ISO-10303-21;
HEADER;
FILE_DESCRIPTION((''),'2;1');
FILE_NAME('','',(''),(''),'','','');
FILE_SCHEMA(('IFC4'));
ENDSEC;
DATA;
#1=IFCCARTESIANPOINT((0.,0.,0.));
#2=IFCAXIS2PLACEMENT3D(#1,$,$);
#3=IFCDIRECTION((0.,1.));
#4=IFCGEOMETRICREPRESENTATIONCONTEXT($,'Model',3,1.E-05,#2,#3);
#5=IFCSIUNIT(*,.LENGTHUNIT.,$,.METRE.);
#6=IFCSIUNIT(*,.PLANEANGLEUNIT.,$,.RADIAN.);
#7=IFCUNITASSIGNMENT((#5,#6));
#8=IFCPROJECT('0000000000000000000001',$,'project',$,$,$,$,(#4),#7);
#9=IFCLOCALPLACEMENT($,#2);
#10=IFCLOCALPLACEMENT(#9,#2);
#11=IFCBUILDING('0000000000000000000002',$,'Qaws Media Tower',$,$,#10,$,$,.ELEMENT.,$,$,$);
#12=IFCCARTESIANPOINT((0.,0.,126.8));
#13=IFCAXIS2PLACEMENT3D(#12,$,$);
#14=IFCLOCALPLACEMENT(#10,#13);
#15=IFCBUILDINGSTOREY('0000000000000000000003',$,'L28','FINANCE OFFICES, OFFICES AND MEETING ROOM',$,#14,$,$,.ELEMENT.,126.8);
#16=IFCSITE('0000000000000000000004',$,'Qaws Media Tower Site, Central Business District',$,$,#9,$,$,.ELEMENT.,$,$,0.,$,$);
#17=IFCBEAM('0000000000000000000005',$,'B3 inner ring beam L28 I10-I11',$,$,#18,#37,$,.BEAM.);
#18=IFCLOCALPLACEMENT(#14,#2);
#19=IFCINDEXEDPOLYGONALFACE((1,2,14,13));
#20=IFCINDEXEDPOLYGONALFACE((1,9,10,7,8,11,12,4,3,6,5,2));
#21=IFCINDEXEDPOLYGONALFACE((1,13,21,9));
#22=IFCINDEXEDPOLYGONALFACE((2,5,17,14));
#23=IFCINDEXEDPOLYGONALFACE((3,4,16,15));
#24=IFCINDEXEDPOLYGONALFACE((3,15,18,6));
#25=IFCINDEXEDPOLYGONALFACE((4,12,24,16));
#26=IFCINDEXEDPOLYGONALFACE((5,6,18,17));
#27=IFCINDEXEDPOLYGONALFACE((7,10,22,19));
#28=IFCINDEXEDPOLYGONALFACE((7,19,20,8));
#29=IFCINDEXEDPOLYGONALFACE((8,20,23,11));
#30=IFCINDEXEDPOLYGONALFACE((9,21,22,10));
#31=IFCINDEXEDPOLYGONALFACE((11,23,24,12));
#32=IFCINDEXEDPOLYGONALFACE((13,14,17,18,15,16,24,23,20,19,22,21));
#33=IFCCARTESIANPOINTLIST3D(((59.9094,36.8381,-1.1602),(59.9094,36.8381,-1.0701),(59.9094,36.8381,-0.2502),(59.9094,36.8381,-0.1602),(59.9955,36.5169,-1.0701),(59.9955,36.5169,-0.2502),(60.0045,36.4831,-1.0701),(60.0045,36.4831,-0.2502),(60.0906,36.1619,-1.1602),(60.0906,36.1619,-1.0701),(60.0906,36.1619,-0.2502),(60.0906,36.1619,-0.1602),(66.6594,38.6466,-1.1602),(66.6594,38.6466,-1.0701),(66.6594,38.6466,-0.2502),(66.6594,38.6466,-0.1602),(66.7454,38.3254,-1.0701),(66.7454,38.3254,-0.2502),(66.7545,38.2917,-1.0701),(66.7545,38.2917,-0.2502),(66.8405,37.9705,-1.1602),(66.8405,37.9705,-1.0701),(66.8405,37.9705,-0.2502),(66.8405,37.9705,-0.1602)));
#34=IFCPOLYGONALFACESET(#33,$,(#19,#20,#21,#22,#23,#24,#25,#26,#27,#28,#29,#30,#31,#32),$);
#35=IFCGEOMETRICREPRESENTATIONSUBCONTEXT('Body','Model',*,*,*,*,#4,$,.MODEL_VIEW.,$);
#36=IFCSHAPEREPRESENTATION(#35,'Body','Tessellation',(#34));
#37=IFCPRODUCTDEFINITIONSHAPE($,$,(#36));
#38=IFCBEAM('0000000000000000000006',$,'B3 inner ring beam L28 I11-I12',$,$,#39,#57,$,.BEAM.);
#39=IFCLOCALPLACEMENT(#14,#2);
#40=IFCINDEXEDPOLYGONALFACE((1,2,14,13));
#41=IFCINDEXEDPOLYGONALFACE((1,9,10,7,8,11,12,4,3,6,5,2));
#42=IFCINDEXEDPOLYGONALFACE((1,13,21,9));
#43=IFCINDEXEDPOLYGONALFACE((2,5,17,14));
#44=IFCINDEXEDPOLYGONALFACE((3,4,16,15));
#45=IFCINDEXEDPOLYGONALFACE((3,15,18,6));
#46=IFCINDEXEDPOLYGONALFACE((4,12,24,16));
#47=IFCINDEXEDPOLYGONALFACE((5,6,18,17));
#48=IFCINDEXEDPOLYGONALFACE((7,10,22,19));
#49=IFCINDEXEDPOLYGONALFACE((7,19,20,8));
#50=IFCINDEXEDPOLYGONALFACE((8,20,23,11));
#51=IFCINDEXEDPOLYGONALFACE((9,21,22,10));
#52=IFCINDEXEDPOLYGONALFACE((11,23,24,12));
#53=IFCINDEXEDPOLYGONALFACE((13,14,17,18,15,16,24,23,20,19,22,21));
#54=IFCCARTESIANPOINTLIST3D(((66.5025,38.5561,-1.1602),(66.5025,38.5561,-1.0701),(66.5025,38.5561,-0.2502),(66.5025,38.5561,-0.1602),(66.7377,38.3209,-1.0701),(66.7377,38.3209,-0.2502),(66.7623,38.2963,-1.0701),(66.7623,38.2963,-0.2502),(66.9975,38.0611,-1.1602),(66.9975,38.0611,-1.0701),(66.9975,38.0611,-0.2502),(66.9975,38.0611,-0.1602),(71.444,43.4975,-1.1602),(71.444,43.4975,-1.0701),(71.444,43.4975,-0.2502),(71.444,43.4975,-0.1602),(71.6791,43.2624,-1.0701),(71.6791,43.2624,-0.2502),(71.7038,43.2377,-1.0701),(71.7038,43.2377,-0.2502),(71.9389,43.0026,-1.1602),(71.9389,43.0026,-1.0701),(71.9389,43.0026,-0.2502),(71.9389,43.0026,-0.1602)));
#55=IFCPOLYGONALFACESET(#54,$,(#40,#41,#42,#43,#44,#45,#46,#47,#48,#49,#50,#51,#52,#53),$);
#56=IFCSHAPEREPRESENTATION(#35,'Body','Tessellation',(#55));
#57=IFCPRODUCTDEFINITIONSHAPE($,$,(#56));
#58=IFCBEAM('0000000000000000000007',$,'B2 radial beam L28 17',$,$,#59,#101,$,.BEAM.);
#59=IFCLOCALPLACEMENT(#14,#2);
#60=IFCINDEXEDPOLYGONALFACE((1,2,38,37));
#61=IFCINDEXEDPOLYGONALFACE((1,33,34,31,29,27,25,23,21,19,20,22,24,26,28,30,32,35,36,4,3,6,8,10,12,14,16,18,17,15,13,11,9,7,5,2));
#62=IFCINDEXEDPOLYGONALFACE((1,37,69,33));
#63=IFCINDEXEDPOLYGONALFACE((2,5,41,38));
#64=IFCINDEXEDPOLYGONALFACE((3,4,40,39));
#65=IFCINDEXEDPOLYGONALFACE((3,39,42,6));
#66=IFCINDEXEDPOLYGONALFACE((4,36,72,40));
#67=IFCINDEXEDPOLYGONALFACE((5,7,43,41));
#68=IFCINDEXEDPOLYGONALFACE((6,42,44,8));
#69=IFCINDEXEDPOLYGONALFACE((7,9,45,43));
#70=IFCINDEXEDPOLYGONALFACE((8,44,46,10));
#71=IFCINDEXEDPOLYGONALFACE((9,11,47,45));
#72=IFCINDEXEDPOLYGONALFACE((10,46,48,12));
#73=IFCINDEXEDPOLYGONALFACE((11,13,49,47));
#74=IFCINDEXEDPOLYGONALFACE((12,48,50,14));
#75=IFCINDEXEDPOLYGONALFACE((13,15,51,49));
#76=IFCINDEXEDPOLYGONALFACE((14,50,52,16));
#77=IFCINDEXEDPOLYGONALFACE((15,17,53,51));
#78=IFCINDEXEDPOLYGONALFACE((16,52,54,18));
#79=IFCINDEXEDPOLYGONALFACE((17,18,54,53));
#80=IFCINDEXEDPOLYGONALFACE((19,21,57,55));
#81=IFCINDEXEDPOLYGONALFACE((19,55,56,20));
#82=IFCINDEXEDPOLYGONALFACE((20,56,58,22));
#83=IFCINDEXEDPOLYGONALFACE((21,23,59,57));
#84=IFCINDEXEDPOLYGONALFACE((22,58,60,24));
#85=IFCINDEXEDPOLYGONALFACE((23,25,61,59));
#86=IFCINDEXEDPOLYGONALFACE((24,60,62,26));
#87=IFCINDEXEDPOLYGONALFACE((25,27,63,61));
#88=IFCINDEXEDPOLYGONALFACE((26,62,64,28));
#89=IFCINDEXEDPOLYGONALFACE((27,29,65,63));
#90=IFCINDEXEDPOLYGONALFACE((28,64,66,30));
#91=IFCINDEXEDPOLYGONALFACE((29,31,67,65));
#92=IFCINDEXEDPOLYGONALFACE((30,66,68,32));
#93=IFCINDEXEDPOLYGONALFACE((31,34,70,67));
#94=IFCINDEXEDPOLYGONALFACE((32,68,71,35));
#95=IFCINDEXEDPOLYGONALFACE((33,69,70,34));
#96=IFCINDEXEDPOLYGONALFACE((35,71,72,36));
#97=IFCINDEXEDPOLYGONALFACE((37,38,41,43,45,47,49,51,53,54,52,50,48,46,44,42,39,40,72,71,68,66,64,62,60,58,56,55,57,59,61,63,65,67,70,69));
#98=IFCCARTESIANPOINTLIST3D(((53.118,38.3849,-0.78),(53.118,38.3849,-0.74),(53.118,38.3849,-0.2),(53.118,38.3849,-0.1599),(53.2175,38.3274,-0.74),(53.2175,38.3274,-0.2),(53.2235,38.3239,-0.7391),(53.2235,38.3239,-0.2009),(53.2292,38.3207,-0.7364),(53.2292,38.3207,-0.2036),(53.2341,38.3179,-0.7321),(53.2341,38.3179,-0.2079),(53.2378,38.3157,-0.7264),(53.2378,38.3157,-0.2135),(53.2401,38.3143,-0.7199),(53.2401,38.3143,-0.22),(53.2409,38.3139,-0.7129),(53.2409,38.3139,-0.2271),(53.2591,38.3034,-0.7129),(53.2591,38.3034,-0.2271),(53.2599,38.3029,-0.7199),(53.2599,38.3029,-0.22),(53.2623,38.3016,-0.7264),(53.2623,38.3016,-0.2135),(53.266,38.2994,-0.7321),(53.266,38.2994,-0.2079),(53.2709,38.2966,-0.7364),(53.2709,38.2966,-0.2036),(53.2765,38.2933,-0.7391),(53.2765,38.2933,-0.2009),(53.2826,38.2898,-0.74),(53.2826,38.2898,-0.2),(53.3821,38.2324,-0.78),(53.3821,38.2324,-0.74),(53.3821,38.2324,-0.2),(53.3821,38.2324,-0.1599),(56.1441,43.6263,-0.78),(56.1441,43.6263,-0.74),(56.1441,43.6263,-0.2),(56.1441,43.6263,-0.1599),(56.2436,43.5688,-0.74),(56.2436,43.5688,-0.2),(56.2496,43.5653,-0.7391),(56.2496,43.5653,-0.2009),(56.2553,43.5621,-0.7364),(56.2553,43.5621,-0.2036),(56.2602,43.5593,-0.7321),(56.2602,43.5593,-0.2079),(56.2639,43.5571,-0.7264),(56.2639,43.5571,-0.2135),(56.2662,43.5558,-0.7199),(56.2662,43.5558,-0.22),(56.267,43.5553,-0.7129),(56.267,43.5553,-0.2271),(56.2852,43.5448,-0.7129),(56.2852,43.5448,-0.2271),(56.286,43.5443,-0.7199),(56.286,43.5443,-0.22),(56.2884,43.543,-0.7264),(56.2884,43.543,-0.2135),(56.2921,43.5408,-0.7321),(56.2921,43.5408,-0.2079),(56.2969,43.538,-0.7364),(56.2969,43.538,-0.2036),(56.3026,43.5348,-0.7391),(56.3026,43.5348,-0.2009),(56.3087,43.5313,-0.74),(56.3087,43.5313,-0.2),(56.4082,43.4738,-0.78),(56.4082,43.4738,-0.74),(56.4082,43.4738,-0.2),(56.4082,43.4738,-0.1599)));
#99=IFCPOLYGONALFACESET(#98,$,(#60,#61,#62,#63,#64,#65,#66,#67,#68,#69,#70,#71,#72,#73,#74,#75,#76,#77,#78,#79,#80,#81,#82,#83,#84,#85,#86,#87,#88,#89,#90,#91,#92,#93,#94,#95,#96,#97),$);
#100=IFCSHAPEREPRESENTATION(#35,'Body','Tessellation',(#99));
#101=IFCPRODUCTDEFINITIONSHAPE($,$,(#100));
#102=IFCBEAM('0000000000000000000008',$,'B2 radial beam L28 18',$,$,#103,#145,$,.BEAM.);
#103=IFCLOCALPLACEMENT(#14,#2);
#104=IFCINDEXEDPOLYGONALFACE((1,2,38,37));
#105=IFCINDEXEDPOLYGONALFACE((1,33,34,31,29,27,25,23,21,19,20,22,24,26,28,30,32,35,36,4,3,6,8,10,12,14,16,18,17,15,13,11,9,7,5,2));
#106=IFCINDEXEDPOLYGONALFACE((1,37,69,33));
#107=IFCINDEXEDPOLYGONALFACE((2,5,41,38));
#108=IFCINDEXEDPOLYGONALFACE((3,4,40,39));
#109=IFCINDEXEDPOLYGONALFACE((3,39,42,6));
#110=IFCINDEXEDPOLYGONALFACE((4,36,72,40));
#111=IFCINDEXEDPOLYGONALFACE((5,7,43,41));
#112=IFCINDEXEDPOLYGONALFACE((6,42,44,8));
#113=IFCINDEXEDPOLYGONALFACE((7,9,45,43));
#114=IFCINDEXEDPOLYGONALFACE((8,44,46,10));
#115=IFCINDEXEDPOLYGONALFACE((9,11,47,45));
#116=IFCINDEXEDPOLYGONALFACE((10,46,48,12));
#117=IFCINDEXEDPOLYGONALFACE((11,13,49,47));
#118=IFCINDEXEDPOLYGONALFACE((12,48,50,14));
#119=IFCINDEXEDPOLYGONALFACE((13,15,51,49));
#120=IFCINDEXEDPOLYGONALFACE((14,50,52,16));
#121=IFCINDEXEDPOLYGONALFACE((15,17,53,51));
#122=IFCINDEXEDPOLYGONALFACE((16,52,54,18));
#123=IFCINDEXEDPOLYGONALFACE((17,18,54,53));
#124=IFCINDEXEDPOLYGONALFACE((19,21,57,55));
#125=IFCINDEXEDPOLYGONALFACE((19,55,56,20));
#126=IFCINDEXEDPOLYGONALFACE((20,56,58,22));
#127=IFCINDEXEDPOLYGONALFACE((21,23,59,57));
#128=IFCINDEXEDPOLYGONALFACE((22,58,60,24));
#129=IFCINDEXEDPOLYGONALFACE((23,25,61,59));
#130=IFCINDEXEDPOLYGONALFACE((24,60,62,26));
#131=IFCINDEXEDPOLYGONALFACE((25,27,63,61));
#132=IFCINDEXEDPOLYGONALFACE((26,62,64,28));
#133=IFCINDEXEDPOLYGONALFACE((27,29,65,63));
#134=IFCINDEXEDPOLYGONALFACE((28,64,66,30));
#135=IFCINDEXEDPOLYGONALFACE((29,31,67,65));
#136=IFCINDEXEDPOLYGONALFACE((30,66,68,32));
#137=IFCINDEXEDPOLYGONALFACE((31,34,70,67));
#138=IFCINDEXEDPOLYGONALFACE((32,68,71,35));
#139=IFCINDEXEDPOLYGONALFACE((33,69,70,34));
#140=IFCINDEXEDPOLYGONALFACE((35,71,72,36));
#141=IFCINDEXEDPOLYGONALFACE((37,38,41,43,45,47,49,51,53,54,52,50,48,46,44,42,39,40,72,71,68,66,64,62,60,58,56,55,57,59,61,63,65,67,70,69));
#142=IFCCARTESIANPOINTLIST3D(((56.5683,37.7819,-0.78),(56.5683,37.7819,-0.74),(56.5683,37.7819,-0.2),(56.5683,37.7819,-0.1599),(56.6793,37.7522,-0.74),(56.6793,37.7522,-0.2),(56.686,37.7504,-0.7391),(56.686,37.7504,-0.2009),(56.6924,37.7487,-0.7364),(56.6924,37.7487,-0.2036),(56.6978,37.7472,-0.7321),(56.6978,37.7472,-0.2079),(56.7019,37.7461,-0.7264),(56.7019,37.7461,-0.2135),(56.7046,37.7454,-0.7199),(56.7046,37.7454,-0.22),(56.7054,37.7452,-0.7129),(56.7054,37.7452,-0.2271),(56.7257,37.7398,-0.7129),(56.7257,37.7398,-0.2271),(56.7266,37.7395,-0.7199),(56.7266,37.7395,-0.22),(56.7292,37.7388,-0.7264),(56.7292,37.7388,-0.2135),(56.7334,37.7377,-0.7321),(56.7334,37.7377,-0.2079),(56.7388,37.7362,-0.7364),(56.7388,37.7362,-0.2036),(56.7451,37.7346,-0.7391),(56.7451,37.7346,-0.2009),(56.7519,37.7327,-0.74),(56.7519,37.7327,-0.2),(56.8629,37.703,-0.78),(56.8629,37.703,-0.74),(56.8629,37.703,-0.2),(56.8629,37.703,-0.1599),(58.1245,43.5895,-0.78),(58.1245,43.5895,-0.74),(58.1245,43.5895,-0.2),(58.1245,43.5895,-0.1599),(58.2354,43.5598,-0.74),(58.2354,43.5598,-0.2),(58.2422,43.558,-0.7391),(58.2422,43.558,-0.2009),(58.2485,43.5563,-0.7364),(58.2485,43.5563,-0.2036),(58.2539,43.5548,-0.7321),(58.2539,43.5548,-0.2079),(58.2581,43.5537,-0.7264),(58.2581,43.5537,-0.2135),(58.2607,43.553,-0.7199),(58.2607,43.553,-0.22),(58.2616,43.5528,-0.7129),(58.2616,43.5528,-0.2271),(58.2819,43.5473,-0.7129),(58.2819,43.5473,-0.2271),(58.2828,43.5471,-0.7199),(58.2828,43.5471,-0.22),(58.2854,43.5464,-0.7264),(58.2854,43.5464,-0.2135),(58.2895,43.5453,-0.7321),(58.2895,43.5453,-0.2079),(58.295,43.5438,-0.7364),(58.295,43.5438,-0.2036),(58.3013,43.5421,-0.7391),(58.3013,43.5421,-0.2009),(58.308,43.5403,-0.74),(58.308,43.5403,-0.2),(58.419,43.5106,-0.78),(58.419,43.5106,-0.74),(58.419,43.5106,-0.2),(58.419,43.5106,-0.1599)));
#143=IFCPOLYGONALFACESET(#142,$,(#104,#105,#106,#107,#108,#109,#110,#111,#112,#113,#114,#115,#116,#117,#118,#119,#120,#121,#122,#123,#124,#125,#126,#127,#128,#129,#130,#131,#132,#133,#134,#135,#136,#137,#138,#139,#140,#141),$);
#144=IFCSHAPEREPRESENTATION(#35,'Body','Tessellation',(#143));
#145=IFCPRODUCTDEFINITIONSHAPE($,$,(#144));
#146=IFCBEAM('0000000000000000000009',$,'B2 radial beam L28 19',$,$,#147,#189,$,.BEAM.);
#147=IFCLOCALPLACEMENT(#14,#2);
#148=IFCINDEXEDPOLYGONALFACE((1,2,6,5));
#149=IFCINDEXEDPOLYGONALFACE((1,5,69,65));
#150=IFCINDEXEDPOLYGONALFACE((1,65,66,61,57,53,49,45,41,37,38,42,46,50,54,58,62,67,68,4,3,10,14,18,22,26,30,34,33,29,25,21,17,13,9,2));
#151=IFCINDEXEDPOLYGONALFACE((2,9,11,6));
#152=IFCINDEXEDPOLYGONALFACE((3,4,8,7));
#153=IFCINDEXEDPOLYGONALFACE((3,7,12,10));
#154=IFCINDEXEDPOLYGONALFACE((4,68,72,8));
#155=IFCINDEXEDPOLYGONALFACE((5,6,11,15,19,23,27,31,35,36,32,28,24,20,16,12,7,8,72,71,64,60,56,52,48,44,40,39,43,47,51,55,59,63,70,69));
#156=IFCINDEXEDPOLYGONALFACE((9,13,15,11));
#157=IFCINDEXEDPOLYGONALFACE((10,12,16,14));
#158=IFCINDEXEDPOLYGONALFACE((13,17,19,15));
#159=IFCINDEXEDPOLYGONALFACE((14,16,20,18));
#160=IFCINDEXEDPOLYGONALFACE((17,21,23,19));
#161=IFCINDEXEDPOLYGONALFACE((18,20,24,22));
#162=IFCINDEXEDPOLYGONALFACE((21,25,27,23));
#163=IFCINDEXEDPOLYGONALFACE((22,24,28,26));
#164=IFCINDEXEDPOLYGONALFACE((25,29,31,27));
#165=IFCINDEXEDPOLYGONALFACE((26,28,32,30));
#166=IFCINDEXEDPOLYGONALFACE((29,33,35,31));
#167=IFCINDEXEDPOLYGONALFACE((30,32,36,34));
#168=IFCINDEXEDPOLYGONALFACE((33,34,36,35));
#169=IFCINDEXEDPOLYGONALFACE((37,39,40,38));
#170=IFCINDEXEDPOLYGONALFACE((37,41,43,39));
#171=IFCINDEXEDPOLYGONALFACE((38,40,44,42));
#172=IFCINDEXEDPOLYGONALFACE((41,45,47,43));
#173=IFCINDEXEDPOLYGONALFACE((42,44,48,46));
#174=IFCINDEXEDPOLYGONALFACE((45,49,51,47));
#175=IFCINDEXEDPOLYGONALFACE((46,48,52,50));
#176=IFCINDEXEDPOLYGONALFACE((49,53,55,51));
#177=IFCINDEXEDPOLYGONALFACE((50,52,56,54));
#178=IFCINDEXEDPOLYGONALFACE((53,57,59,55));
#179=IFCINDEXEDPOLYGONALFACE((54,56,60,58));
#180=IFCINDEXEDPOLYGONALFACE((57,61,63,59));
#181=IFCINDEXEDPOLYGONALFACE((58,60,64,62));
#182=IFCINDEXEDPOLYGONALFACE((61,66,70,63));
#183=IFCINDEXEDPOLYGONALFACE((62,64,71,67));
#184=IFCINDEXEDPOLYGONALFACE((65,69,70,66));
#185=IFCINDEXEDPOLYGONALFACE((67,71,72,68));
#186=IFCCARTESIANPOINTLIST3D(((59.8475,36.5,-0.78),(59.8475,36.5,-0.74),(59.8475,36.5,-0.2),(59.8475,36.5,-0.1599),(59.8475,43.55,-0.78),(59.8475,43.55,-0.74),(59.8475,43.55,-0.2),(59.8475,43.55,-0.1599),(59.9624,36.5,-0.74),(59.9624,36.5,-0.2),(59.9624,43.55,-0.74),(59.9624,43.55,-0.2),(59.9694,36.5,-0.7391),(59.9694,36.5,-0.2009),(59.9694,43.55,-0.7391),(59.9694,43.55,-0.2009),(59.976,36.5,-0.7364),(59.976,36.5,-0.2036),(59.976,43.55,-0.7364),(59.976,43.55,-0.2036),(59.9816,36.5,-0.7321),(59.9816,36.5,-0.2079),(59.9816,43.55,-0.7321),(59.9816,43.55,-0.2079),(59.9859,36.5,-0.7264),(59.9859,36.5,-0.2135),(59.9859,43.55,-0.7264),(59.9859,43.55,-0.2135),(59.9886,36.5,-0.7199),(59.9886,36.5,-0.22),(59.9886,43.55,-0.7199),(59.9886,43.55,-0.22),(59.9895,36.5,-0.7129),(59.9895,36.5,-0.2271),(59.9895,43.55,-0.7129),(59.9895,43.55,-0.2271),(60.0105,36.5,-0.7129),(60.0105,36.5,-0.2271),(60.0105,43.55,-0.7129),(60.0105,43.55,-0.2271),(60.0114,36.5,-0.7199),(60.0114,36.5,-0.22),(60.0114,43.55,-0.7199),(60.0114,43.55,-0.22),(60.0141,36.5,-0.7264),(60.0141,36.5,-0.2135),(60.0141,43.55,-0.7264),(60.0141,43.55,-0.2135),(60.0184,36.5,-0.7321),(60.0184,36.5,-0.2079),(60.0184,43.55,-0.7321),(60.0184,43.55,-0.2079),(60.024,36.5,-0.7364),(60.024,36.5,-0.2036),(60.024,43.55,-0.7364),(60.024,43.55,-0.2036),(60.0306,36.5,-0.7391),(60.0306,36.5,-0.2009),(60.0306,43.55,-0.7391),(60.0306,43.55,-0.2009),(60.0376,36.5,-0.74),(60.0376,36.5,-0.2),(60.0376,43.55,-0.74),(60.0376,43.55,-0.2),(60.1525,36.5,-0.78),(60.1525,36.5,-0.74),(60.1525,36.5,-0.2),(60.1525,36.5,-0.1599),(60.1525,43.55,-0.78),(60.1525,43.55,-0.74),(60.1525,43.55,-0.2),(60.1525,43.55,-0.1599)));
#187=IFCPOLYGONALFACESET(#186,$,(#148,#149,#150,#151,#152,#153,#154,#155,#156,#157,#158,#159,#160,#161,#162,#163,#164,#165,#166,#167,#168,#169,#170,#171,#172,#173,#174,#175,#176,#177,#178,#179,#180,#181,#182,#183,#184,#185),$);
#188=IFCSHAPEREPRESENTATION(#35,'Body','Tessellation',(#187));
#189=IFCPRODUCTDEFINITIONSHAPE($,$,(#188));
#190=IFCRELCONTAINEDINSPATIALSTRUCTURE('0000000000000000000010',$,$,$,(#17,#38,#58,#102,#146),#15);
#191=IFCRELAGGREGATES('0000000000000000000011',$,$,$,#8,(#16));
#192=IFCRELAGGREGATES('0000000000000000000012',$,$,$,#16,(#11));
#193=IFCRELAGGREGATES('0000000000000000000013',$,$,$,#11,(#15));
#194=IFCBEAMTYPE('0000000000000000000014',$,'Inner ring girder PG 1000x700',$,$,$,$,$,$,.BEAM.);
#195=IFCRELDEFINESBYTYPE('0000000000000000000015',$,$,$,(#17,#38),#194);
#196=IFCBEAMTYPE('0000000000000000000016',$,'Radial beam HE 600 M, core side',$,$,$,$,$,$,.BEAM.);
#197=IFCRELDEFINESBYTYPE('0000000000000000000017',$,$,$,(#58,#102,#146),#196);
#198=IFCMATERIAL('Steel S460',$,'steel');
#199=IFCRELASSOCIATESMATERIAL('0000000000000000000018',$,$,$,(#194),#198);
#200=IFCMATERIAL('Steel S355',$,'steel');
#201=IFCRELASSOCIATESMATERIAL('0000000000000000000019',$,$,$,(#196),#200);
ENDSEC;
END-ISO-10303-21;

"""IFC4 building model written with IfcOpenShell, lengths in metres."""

from ifc_helpers import new_model, si_unit, direction, frame, origin, origin_2d, place, context, subcontext, project, spatial, i_section, extrude, material, material_profile, profile_set, type_object, element, save


model = new_model("IFC4")

# Units and contexts
model_context = context("Model", 3, precision=1e-05, world=origin(), true_north=direction((0.0, 1.0)))
body_context = subcontext(model_context, "Body", "Model", "MODEL_VIEW")
ifc_project = project(units=[si_unit("LENGTHUNIT", "METRE"), si_unit("PLANEANGLEUNIT", "RADIAN")], contexts=[model_context])

# Site, building, storey
site_placement = place(None, origin())
site = spatial("IfcSite", under=ifc_project, at=site_placement, Name="Qaws Media Tower Site, Central Business District", CompositionType="ELEMENT", RefElevation=0.0)
building_placement = place(site_placement, origin())
building = spatial("IfcBuilding", under=site, at=building_placement, Name="Qaws Media Tower", CompositionType="ELEMENT")
storey_placement = place(building_placement, frame((0.0, 0.0, 126.8)))
storey = spatial("IfcBuildingStorey", under=building, at=storey_placement, Name="L28", Description="FINANCE OFFICES, OFFICES AND MEETING ROOM", CompositionType="ELEMENT", Elevation=126.8)

# Beams
ifc_material_1 = material(Name="Steel S460", Category="steel")
ifc_material_profile_1 = material_profile(ifc_material_1, i_section(OverallWidth=0.7, OverallDepth=1.0, WebThickness=0.0349, FlangeThickness=0.0901, at=origin_2d()), Name="PG 1000x700")
ifc_profile_set_1 = profile_set([ifc_material_profile_1], Name="Steel S460")
beam_type_1 = type_object("IfcBeamType", Name="Inner ring girder PG 1000x700", PredefinedType="BEAM", material=ifc_profile_set_1)
beam_1_placement = place(storey_placement, frame((60.0, 36.5, -0.6602), z_axis=(0.965928, 0.258811, 0.0), x_axis=(-0.258811, 0.965928, 0.0)))
element("IfcBeam", 1, at=beam_1_placement, inside=storey, type_object=beam_type_1, Name="B3 inner ring beam L28 I10-I11", PredefinedType="BEAM", context=body_context, shape_type="SweptSolid", body=[
    extrude(i_section(OverallWidth=0.7, OverallDepth=1.0, WebThickness=0.0349, FlangeThickness=0.0901, at=origin_2d()), origin(), (0.0, 0.0, 1.0), 6.988),
])
beam_2_placement = place(storey_placement, frame((66.75, 38.3086, -0.6602), z_axis=(0.707107, 0.707107, 0.0), x_axis=(-0.707107, 0.707107, 0.0)))
element("IfcBeam", 2, at=beam_2_placement, inside=storey, type_object=beam_type_1, Name="B3 inner ring beam L28 I11-I12", PredefinedType="BEAM", context=body_context, shape_type="SweptSolid", body=[
    extrude(i_section(OverallWidth=0.7, OverallDepth=1.0, WebThickness=0.0349, FlangeThickness=0.0901, at=origin_2d()), origin(), (0.0, 0.0, 1.0), 6.9883),
])
ifc_material_2 = material(Name="Steel S355", Category="steel")
ifc_material_profile_2 = material_profile(ifc_material_2, i_section(OverallWidth=0.3049, OverallDepth=0.6201, WebThickness=0.021, FlangeThickness=0.04, FilletRadius=0.0271, at=origin_2d()), Name="HE 600 M")
ifc_profile_set_2 = profile_set([ifc_material_profile_2], Name="Steel S355")
beam_type_2 = type_object("IfcBeamType", Name="Radial beam HE 600 M, core side", PredefinedType="BEAM", material=ifc_profile_set_2)
beam_3_placement = place(storey_placement, frame((56.2761, 43.55, -0.47), z_axis=(-0.499996, -0.866028, 0.0), x_axis=(0.866028, -0.499996, 0.0)))
element("IfcBeam", 3, at=beam_3_placement, inside=storey, type_object=beam_type_2, Name="B2 radial beam L28 17", PredefinedType="BEAM", context=body_context, shape_type="SweptSolid", body=[
    extrude(i_section(OverallWidth=0.3049, OverallDepth=0.6201, WebThickness=0.021, FlangeThickness=0.04, FilletRadius=0.0271, at=origin_2d()), origin(), (0.0, 0.0, 1.0), 6.0522),
])
beam_4_placement = place(storey_placement, frame((58.2717, 43.55, -0.47), z_axis=(-0.25882, -0.965926, 0.0), x_axis=(0.965926, -0.25882, 0.0)))
element("IfcBeam", 4, at=beam_4_placement, inside=storey, type_object=beam_type_2, Name="B2 radial beam L28 18", PredefinedType="BEAM", context=body_context, shape_type="SweptSolid", body=[
    extrude(i_section(OverallWidth=0.3049, OverallDepth=0.6201, WebThickness=0.021, FlangeThickness=0.04, FilletRadius=0.0271, at=origin_2d()), origin(), (0.0, 0.0, 1.0), 6.0125),
])
beam_5_placement = place(storey_placement, frame((60.0, 43.55, -0.47), z_axis=(0.0, -1.0, 0.0), x_axis=(1.0, 0.0, 0.0)))
element("IfcBeam", 5, at=beam_5_placement, inside=storey, type_object=beam_type_2, Name="B2 radial beam L28 19", PredefinedType="BEAM", context=body_context, shape_type="SweptSolid", body=[
    extrude(i_section(OverallWidth=0.3049, OverallDepth=0.6201, WebThickness=0.021, FlangeThickness=0.04, FilletRadius=0.0271, at=origin_2d()), origin(), (0.0, 0.0, 1.0), 7.05),
])

save(model, "model.ifc")
